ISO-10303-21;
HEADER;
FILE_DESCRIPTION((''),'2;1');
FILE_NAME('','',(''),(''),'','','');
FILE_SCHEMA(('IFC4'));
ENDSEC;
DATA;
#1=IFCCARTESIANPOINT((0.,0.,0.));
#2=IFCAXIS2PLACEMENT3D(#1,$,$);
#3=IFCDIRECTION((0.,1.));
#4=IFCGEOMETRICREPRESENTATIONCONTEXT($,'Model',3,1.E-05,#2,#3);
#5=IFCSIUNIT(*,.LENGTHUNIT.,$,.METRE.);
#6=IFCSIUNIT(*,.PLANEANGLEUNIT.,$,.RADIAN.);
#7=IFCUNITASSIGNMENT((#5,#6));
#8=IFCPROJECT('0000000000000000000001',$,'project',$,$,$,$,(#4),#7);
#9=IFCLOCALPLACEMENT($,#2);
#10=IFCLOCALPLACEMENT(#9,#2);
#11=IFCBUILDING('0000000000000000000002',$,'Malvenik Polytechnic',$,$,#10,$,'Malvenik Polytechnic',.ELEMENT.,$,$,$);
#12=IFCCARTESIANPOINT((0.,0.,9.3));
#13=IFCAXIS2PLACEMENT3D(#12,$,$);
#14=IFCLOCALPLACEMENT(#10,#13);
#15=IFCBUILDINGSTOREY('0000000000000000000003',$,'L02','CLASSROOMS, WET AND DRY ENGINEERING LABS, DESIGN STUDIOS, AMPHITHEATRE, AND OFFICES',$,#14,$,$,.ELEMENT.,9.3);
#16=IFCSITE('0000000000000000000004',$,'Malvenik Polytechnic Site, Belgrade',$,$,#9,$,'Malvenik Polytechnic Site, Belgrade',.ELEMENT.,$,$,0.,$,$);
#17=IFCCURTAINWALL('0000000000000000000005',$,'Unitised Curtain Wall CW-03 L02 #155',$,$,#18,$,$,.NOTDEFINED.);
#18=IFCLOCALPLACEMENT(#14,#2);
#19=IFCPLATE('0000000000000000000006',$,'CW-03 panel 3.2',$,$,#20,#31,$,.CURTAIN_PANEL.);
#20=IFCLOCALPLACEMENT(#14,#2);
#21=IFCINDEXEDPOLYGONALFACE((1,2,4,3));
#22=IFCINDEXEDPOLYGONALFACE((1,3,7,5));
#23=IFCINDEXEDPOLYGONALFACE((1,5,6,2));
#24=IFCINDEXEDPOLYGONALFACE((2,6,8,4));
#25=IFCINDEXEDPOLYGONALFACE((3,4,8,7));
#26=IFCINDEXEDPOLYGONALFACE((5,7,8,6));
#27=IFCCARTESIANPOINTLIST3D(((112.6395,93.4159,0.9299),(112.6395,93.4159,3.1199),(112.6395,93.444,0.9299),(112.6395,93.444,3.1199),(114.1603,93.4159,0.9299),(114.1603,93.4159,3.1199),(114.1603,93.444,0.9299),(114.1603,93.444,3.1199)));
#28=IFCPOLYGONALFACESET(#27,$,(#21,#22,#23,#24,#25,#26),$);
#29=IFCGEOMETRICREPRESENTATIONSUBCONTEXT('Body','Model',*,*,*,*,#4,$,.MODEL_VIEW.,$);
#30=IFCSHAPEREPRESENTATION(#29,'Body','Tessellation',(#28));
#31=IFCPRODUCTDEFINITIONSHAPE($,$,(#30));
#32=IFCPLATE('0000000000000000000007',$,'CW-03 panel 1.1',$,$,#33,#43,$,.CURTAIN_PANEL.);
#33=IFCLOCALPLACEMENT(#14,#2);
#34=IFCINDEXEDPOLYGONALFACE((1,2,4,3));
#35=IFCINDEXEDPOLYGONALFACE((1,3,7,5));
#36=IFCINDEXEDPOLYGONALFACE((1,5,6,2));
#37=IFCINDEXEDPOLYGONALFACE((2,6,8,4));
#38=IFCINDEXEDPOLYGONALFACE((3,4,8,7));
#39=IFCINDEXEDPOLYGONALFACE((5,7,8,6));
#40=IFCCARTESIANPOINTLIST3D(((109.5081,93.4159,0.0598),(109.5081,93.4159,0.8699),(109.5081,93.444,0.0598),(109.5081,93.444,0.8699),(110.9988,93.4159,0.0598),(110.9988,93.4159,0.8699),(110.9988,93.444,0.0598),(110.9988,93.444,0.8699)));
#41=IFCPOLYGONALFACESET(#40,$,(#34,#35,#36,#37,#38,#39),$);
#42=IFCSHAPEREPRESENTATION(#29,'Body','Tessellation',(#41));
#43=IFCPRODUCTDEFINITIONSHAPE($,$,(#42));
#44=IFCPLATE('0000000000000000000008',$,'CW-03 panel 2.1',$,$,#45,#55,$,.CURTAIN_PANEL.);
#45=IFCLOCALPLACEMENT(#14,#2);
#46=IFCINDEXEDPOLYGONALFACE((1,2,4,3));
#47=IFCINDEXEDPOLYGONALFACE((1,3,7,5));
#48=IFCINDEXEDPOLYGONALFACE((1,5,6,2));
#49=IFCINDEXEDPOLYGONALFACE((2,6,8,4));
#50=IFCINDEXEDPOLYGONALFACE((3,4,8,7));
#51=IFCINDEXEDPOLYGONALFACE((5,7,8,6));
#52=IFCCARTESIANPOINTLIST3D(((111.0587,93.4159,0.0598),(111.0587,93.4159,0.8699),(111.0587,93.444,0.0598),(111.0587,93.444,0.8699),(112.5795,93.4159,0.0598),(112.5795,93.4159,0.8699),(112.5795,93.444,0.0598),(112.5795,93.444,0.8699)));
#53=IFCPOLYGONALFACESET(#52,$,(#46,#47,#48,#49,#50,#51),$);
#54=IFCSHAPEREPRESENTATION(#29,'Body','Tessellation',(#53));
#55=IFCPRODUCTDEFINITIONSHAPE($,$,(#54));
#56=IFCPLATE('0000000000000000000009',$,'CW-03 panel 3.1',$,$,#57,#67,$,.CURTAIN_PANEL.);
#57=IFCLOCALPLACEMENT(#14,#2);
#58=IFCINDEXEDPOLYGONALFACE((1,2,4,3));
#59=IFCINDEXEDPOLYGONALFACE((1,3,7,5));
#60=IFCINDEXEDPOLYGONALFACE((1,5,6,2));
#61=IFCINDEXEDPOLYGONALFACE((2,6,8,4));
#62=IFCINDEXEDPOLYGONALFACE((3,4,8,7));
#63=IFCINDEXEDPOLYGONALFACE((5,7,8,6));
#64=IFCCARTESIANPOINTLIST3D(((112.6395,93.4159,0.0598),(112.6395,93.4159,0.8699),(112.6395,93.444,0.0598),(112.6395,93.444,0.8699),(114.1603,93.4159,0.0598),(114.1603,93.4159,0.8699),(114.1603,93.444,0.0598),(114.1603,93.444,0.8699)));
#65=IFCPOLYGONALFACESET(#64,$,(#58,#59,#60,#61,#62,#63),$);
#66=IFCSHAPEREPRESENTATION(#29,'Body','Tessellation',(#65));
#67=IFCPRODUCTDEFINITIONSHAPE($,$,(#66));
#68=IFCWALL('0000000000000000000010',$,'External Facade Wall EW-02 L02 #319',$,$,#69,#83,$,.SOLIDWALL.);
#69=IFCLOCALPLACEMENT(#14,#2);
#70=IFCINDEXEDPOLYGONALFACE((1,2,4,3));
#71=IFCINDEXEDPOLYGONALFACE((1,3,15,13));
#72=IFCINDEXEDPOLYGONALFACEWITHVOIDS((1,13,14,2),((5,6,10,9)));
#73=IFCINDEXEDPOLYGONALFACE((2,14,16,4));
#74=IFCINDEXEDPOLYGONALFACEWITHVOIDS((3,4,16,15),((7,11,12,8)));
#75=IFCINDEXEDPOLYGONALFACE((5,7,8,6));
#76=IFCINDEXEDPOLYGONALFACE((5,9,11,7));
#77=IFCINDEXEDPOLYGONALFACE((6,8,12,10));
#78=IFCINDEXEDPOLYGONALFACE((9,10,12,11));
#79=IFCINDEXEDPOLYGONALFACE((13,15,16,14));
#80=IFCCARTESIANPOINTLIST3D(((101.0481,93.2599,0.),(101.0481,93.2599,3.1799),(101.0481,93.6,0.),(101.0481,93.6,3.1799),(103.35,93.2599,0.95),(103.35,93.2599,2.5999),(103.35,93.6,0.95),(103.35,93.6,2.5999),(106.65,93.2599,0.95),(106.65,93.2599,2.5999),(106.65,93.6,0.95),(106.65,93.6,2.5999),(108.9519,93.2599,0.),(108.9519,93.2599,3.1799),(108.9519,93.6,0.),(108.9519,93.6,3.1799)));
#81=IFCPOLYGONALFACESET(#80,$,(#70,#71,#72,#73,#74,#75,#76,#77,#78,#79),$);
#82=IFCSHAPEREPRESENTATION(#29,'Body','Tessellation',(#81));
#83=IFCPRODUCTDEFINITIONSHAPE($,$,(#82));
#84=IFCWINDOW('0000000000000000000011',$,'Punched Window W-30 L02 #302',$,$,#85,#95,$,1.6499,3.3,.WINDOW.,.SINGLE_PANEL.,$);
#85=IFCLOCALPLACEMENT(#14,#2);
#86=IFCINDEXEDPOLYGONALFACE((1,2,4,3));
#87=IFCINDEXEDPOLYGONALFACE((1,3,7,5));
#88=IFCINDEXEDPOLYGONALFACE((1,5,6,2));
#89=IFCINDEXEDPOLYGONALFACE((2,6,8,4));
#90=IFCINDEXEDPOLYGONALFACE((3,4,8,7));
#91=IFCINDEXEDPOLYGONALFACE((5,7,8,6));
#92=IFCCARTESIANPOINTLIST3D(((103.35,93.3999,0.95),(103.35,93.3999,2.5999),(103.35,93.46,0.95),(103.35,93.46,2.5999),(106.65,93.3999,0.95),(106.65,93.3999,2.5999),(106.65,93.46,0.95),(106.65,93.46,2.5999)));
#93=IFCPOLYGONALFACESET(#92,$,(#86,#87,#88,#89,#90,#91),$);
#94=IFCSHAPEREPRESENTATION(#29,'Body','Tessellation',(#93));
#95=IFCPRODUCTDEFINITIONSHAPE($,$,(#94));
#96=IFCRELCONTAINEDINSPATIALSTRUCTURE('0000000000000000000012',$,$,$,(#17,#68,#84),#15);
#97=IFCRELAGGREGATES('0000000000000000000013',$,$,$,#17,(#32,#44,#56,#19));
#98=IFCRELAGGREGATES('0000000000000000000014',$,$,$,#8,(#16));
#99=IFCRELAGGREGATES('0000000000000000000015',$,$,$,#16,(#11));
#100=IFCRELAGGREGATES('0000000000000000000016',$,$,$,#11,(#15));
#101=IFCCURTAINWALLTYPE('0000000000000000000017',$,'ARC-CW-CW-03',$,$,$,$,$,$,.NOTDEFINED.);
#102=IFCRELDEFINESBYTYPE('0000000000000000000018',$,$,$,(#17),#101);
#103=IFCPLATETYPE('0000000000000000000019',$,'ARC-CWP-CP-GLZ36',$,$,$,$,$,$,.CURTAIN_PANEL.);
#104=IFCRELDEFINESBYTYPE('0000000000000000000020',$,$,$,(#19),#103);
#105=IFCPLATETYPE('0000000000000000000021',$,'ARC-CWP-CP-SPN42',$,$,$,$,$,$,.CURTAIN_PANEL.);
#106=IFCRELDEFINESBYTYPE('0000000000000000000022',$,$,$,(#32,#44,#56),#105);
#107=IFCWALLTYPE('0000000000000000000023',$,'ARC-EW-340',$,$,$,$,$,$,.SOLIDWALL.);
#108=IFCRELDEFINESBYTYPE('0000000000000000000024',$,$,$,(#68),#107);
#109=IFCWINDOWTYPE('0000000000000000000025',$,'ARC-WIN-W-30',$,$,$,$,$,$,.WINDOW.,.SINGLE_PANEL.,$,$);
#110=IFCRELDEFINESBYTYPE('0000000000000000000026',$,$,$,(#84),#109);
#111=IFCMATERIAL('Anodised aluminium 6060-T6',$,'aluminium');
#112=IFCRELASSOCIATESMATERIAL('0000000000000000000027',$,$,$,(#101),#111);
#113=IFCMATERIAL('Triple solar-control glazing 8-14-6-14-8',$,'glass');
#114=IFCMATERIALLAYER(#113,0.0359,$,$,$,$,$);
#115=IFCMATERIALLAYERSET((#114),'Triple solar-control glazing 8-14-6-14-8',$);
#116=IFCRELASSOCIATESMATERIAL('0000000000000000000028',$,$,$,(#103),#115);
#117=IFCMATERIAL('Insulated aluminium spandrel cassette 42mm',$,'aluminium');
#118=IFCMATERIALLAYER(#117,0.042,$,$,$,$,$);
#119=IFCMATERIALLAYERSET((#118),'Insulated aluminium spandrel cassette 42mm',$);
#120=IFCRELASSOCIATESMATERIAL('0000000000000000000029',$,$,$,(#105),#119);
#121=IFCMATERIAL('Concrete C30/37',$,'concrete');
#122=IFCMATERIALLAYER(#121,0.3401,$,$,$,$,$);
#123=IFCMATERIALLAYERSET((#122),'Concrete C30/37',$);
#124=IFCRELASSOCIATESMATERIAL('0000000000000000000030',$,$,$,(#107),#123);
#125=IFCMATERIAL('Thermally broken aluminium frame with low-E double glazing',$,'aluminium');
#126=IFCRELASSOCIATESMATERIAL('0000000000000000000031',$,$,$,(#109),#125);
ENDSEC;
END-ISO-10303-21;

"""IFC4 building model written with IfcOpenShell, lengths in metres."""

from ifc_helpers import new_model, si_unit, direction, frame, frame_2d, origin, origin_2d, place, context, subcontext, project, spatial, rectangle, extrude, material, layer, layer_set, type_object, element, fill, aggregate, save


model = new_model("IFC4")

# Units and contexts
model_context = context("Model", 3, precision=1e-05, world=origin(), true_north=direction((0.0, 1.0)))
body_context = subcontext(model_context, "Body", "Model", "MODEL_VIEW")
ifc_project = project(units=[si_unit("LENGTHUNIT", "METRE"), si_unit("PLANEANGLEUNIT", "RADIAN")], contexts=[model_context])

# Site, building, storey
site_placement = place(None, origin())
site = spatial("IfcSite", under=ifc_project, at=site_placement, Name="Malvenik Polytechnic Site, Belgrade", LongName="Malvenik Polytechnic Site, Belgrade", CompositionType="ELEMENT", RefElevation=0.0)
building_placement = place(site_placement, origin())
building = spatial("IfcBuilding", under=site, at=building_placement, Name="Malvenik Polytechnic", LongName="Malvenik Polytechnic", CompositionType="ELEMENT")
storey_placement = place(building_placement, frame((0.0, 0.0, 9.3)))
storey = spatial("IfcBuildingStorey", under=building, at=storey_placement, Name="L02", Description="CLASSROOMS, WET AND DRY ENGINEERING LABS, DESIGN STUDIOS, AMPHITHEATRE, AND OFFICES", CompositionType="ELEMENT", Elevation=9.3)

# Curtain wall, plates
ifc_material_1 = material(Name="Anodised aluminium 6060-T6", Category="aluminium")
curtain_wall_type = type_object("IfcCurtainWallType", Name="ARC-CW-CW-03", PredefinedType="NOTDEFINED", material=ifc_material_1)
curtain_wall_placement = place(storey_placement, origin())
curtain_wall = element("IfcCurtainWall", 1, at=curtain_wall_placement, inside=storey, type_object=curtain_wall_type, Name="Unitised Curtain Wall CW-03 L02 #155", PredefinedType="NOTDEFINED")
ifc_material_2 = material(Name="Triple solar-control glazing 8-14-6-14-8", Category="glass")
ifc_layer_1 = layer(ifc_material_2, 0.0359)
ifc_layer_set_1 = layer_set([ifc_layer_1], Name="Triple solar-control glazing 8-14-6-14-8")
plate_type_1 = type_object("IfcPlateType", Name="ARC-CWP-CP-GLZ36", PredefinedType="CURTAIN_PANEL", material=ifc_layer_set_1)
plate_1_placement = place(storey_placement, frame((113.3999, 93.4299, 0.9299), z_axis=(0.0, 0.0, 1.0), x_axis=(1.0, 0.0, 0.0)))
plate_1 = element("IfcPlate", 2, at=plate_1_placement, type_object=plate_type_1, Name="CW-03 panel 3.2", PredefinedType="CURTAIN_PANEL", context=body_context, shape_type="SweptSolid", body=[
    extrude(rectangle(XDim=1.5208, YDim=0.0281, at=origin_2d()), origin(), (0.0, 0.0, 1.0), 2.1899),
])
ifc_material_3 = material(Name="Insulated aluminium spandrel cassette 42mm", Category="aluminium")
ifc_layer_2 = layer(ifc_material_3, 0.042)
ifc_layer_set_2 = layer_set([ifc_layer_2], Name="Insulated aluminium spandrel cassette 42mm")
plate_type_2 = type_object("IfcPlateType", Name="ARC-CWP-CP-SPN42", PredefinedType="CURTAIN_PANEL", material=ifc_layer_set_2)
plate_2_placement = place(storey_placement, frame((110.2534, 93.4299, 0.0598), z_axis=(0.0, 0.0, 1.0), x_axis=(1.0, 0.0, 0.0)))
plate_2 = element("IfcPlate", 3, at=plate_2_placement, type_object=plate_type_2, Name="CW-03 panel 1.1", PredefinedType="CURTAIN_PANEL", context=body_context, shape_type="SweptSolid", body=[
    extrude(rectangle(XDim=1.4907, YDim=0.0281, at=origin_2d()), origin(), (0.0, 0.0, 1.0), 0.8101),
])
plate_3_placement = place(storey_placement, frame((111.8191, 93.4299, 0.0598), z_axis=(0.0, 0.0, 1.0), x_axis=(1.0, 0.0, 0.0)))
plate_3 = element("IfcPlate", 4, at=plate_3_placement, type_object=plate_type_2, Name="CW-03 panel 2.1", PredefinedType="CURTAIN_PANEL", context=body_context, shape_type="SweptSolid", body=[
    extrude(rectangle(XDim=1.5208, YDim=0.0281, at=origin_2d()), origin(), (0.0, 0.0, 1.0), 0.8101),
])
plate_4_placement = place(storey_placement, frame((113.3999, 93.4299, 0.0598), z_axis=(0.0, 0.0, 1.0), x_axis=(1.0, 0.0, 0.0)))
plate_4 = element("IfcPlate", 5, at=plate_4_placement, type_object=plate_type_2, Name="CW-03 panel 3.1", PredefinedType="CURTAIN_PANEL", context=body_context, shape_type="SweptSolid", body=[
    extrude(rectangle(XDim=1.5208, YDim=0.0281, at=origin_2d()), origin(), (0.0, 0.0, 1.0), 0.8101),
])
aggregate(curtain_wall, [plate_2, plate_3, plate_4, plate_1])

# Wall, opening, window
ifc_material_4 = material(Name="Concrete C30/37", Category="concrete")
ifc_layer_3 = layer(ifc_material_4, 0.3401)
ifc_layer_set_3 = layer_set([ifc_layer_3], Name="Concrete C30/37")
wall_type = type_object("IfcWallType", Name="ARC-EW-340", PredefinedType="SOLIDWALL", material=ifc_layer_set_3)
wall_placement = place(storey_placement, frame((101.0481, 93.4299, 0.0), z_axis=(0.0, 0.0, 1.0), x_axis=(1.0, 0.0, 0.0)))
wall = element("IfcWall", 6, at=wall_placement, inside=storey, type_object=wall_type, Name="External Facade Wall EW-02 L02 #319", PredefinedType="SOLIDWALL", context=body_context, shape_type="SweptSolid", body=[
    extrude(rectangle(XDim=7.9038, YDim=0.3401, at=frame_2d((3.9519, 0.0))), origin(), (0.0, 0.0, 1.0), 3.1799),
])
opening_placement = place(wall_placement, frame((2.302, 0.0, 0.95)))
opening = element("IfcOpeningElement", 7, at=opening_placement, cuts=wall, PredefinedType="OPENING", context=body_context, shape_type="SweptSolid", body=[
    extrude(rectangle(XDim=3.3, YDim=1.6499, at=frame_2d((1.6499, 0.825))), frame((0.0, 0.1802, 0.0), z_axis=(0.0, -1.0, 0.0), x_axis=(1.0, 0.0, 0.0)), (0.0, 0.0, 1.0), 0.3601),
])
ifc_material_5 = material(Name="Thermally broken aluminium frame with low-E double glazing", Category="aluminium")
window_type = type_object("IfcWindowType", Name="ARC-WIN-W-30", PartitioningType="SINGLE_PANEL", PredefinedType="WINDOW", material=ifc_material_5)
window_placement = place(opening_placement, origin())
window = element("IfcWindow", 8, at=window_placement, inside=storey, type_object=window_type, Name="Punched Window W-30 L02 #302", OverallHeight=1.6499, OverallWidth=3.3, PartitioningType="SINGLE_PANEL", PredefinedType="WINDOW", context=body_context, shape_type="SweptSolid", body=[
    extrude(rectangle(XDim=3.3, YDim=1.6499, at=frame_2d((1.6499, 0.825))), frame((0.0, 0.03, 0.0), z_axis=(0.0, -1.0, 0.0), x_axis=(1.0, 0.0, 0.0)), (0.0, 0.0, 1.0), 0.0601),
])
fill(opening, window)

save(model, "model.ifc")
